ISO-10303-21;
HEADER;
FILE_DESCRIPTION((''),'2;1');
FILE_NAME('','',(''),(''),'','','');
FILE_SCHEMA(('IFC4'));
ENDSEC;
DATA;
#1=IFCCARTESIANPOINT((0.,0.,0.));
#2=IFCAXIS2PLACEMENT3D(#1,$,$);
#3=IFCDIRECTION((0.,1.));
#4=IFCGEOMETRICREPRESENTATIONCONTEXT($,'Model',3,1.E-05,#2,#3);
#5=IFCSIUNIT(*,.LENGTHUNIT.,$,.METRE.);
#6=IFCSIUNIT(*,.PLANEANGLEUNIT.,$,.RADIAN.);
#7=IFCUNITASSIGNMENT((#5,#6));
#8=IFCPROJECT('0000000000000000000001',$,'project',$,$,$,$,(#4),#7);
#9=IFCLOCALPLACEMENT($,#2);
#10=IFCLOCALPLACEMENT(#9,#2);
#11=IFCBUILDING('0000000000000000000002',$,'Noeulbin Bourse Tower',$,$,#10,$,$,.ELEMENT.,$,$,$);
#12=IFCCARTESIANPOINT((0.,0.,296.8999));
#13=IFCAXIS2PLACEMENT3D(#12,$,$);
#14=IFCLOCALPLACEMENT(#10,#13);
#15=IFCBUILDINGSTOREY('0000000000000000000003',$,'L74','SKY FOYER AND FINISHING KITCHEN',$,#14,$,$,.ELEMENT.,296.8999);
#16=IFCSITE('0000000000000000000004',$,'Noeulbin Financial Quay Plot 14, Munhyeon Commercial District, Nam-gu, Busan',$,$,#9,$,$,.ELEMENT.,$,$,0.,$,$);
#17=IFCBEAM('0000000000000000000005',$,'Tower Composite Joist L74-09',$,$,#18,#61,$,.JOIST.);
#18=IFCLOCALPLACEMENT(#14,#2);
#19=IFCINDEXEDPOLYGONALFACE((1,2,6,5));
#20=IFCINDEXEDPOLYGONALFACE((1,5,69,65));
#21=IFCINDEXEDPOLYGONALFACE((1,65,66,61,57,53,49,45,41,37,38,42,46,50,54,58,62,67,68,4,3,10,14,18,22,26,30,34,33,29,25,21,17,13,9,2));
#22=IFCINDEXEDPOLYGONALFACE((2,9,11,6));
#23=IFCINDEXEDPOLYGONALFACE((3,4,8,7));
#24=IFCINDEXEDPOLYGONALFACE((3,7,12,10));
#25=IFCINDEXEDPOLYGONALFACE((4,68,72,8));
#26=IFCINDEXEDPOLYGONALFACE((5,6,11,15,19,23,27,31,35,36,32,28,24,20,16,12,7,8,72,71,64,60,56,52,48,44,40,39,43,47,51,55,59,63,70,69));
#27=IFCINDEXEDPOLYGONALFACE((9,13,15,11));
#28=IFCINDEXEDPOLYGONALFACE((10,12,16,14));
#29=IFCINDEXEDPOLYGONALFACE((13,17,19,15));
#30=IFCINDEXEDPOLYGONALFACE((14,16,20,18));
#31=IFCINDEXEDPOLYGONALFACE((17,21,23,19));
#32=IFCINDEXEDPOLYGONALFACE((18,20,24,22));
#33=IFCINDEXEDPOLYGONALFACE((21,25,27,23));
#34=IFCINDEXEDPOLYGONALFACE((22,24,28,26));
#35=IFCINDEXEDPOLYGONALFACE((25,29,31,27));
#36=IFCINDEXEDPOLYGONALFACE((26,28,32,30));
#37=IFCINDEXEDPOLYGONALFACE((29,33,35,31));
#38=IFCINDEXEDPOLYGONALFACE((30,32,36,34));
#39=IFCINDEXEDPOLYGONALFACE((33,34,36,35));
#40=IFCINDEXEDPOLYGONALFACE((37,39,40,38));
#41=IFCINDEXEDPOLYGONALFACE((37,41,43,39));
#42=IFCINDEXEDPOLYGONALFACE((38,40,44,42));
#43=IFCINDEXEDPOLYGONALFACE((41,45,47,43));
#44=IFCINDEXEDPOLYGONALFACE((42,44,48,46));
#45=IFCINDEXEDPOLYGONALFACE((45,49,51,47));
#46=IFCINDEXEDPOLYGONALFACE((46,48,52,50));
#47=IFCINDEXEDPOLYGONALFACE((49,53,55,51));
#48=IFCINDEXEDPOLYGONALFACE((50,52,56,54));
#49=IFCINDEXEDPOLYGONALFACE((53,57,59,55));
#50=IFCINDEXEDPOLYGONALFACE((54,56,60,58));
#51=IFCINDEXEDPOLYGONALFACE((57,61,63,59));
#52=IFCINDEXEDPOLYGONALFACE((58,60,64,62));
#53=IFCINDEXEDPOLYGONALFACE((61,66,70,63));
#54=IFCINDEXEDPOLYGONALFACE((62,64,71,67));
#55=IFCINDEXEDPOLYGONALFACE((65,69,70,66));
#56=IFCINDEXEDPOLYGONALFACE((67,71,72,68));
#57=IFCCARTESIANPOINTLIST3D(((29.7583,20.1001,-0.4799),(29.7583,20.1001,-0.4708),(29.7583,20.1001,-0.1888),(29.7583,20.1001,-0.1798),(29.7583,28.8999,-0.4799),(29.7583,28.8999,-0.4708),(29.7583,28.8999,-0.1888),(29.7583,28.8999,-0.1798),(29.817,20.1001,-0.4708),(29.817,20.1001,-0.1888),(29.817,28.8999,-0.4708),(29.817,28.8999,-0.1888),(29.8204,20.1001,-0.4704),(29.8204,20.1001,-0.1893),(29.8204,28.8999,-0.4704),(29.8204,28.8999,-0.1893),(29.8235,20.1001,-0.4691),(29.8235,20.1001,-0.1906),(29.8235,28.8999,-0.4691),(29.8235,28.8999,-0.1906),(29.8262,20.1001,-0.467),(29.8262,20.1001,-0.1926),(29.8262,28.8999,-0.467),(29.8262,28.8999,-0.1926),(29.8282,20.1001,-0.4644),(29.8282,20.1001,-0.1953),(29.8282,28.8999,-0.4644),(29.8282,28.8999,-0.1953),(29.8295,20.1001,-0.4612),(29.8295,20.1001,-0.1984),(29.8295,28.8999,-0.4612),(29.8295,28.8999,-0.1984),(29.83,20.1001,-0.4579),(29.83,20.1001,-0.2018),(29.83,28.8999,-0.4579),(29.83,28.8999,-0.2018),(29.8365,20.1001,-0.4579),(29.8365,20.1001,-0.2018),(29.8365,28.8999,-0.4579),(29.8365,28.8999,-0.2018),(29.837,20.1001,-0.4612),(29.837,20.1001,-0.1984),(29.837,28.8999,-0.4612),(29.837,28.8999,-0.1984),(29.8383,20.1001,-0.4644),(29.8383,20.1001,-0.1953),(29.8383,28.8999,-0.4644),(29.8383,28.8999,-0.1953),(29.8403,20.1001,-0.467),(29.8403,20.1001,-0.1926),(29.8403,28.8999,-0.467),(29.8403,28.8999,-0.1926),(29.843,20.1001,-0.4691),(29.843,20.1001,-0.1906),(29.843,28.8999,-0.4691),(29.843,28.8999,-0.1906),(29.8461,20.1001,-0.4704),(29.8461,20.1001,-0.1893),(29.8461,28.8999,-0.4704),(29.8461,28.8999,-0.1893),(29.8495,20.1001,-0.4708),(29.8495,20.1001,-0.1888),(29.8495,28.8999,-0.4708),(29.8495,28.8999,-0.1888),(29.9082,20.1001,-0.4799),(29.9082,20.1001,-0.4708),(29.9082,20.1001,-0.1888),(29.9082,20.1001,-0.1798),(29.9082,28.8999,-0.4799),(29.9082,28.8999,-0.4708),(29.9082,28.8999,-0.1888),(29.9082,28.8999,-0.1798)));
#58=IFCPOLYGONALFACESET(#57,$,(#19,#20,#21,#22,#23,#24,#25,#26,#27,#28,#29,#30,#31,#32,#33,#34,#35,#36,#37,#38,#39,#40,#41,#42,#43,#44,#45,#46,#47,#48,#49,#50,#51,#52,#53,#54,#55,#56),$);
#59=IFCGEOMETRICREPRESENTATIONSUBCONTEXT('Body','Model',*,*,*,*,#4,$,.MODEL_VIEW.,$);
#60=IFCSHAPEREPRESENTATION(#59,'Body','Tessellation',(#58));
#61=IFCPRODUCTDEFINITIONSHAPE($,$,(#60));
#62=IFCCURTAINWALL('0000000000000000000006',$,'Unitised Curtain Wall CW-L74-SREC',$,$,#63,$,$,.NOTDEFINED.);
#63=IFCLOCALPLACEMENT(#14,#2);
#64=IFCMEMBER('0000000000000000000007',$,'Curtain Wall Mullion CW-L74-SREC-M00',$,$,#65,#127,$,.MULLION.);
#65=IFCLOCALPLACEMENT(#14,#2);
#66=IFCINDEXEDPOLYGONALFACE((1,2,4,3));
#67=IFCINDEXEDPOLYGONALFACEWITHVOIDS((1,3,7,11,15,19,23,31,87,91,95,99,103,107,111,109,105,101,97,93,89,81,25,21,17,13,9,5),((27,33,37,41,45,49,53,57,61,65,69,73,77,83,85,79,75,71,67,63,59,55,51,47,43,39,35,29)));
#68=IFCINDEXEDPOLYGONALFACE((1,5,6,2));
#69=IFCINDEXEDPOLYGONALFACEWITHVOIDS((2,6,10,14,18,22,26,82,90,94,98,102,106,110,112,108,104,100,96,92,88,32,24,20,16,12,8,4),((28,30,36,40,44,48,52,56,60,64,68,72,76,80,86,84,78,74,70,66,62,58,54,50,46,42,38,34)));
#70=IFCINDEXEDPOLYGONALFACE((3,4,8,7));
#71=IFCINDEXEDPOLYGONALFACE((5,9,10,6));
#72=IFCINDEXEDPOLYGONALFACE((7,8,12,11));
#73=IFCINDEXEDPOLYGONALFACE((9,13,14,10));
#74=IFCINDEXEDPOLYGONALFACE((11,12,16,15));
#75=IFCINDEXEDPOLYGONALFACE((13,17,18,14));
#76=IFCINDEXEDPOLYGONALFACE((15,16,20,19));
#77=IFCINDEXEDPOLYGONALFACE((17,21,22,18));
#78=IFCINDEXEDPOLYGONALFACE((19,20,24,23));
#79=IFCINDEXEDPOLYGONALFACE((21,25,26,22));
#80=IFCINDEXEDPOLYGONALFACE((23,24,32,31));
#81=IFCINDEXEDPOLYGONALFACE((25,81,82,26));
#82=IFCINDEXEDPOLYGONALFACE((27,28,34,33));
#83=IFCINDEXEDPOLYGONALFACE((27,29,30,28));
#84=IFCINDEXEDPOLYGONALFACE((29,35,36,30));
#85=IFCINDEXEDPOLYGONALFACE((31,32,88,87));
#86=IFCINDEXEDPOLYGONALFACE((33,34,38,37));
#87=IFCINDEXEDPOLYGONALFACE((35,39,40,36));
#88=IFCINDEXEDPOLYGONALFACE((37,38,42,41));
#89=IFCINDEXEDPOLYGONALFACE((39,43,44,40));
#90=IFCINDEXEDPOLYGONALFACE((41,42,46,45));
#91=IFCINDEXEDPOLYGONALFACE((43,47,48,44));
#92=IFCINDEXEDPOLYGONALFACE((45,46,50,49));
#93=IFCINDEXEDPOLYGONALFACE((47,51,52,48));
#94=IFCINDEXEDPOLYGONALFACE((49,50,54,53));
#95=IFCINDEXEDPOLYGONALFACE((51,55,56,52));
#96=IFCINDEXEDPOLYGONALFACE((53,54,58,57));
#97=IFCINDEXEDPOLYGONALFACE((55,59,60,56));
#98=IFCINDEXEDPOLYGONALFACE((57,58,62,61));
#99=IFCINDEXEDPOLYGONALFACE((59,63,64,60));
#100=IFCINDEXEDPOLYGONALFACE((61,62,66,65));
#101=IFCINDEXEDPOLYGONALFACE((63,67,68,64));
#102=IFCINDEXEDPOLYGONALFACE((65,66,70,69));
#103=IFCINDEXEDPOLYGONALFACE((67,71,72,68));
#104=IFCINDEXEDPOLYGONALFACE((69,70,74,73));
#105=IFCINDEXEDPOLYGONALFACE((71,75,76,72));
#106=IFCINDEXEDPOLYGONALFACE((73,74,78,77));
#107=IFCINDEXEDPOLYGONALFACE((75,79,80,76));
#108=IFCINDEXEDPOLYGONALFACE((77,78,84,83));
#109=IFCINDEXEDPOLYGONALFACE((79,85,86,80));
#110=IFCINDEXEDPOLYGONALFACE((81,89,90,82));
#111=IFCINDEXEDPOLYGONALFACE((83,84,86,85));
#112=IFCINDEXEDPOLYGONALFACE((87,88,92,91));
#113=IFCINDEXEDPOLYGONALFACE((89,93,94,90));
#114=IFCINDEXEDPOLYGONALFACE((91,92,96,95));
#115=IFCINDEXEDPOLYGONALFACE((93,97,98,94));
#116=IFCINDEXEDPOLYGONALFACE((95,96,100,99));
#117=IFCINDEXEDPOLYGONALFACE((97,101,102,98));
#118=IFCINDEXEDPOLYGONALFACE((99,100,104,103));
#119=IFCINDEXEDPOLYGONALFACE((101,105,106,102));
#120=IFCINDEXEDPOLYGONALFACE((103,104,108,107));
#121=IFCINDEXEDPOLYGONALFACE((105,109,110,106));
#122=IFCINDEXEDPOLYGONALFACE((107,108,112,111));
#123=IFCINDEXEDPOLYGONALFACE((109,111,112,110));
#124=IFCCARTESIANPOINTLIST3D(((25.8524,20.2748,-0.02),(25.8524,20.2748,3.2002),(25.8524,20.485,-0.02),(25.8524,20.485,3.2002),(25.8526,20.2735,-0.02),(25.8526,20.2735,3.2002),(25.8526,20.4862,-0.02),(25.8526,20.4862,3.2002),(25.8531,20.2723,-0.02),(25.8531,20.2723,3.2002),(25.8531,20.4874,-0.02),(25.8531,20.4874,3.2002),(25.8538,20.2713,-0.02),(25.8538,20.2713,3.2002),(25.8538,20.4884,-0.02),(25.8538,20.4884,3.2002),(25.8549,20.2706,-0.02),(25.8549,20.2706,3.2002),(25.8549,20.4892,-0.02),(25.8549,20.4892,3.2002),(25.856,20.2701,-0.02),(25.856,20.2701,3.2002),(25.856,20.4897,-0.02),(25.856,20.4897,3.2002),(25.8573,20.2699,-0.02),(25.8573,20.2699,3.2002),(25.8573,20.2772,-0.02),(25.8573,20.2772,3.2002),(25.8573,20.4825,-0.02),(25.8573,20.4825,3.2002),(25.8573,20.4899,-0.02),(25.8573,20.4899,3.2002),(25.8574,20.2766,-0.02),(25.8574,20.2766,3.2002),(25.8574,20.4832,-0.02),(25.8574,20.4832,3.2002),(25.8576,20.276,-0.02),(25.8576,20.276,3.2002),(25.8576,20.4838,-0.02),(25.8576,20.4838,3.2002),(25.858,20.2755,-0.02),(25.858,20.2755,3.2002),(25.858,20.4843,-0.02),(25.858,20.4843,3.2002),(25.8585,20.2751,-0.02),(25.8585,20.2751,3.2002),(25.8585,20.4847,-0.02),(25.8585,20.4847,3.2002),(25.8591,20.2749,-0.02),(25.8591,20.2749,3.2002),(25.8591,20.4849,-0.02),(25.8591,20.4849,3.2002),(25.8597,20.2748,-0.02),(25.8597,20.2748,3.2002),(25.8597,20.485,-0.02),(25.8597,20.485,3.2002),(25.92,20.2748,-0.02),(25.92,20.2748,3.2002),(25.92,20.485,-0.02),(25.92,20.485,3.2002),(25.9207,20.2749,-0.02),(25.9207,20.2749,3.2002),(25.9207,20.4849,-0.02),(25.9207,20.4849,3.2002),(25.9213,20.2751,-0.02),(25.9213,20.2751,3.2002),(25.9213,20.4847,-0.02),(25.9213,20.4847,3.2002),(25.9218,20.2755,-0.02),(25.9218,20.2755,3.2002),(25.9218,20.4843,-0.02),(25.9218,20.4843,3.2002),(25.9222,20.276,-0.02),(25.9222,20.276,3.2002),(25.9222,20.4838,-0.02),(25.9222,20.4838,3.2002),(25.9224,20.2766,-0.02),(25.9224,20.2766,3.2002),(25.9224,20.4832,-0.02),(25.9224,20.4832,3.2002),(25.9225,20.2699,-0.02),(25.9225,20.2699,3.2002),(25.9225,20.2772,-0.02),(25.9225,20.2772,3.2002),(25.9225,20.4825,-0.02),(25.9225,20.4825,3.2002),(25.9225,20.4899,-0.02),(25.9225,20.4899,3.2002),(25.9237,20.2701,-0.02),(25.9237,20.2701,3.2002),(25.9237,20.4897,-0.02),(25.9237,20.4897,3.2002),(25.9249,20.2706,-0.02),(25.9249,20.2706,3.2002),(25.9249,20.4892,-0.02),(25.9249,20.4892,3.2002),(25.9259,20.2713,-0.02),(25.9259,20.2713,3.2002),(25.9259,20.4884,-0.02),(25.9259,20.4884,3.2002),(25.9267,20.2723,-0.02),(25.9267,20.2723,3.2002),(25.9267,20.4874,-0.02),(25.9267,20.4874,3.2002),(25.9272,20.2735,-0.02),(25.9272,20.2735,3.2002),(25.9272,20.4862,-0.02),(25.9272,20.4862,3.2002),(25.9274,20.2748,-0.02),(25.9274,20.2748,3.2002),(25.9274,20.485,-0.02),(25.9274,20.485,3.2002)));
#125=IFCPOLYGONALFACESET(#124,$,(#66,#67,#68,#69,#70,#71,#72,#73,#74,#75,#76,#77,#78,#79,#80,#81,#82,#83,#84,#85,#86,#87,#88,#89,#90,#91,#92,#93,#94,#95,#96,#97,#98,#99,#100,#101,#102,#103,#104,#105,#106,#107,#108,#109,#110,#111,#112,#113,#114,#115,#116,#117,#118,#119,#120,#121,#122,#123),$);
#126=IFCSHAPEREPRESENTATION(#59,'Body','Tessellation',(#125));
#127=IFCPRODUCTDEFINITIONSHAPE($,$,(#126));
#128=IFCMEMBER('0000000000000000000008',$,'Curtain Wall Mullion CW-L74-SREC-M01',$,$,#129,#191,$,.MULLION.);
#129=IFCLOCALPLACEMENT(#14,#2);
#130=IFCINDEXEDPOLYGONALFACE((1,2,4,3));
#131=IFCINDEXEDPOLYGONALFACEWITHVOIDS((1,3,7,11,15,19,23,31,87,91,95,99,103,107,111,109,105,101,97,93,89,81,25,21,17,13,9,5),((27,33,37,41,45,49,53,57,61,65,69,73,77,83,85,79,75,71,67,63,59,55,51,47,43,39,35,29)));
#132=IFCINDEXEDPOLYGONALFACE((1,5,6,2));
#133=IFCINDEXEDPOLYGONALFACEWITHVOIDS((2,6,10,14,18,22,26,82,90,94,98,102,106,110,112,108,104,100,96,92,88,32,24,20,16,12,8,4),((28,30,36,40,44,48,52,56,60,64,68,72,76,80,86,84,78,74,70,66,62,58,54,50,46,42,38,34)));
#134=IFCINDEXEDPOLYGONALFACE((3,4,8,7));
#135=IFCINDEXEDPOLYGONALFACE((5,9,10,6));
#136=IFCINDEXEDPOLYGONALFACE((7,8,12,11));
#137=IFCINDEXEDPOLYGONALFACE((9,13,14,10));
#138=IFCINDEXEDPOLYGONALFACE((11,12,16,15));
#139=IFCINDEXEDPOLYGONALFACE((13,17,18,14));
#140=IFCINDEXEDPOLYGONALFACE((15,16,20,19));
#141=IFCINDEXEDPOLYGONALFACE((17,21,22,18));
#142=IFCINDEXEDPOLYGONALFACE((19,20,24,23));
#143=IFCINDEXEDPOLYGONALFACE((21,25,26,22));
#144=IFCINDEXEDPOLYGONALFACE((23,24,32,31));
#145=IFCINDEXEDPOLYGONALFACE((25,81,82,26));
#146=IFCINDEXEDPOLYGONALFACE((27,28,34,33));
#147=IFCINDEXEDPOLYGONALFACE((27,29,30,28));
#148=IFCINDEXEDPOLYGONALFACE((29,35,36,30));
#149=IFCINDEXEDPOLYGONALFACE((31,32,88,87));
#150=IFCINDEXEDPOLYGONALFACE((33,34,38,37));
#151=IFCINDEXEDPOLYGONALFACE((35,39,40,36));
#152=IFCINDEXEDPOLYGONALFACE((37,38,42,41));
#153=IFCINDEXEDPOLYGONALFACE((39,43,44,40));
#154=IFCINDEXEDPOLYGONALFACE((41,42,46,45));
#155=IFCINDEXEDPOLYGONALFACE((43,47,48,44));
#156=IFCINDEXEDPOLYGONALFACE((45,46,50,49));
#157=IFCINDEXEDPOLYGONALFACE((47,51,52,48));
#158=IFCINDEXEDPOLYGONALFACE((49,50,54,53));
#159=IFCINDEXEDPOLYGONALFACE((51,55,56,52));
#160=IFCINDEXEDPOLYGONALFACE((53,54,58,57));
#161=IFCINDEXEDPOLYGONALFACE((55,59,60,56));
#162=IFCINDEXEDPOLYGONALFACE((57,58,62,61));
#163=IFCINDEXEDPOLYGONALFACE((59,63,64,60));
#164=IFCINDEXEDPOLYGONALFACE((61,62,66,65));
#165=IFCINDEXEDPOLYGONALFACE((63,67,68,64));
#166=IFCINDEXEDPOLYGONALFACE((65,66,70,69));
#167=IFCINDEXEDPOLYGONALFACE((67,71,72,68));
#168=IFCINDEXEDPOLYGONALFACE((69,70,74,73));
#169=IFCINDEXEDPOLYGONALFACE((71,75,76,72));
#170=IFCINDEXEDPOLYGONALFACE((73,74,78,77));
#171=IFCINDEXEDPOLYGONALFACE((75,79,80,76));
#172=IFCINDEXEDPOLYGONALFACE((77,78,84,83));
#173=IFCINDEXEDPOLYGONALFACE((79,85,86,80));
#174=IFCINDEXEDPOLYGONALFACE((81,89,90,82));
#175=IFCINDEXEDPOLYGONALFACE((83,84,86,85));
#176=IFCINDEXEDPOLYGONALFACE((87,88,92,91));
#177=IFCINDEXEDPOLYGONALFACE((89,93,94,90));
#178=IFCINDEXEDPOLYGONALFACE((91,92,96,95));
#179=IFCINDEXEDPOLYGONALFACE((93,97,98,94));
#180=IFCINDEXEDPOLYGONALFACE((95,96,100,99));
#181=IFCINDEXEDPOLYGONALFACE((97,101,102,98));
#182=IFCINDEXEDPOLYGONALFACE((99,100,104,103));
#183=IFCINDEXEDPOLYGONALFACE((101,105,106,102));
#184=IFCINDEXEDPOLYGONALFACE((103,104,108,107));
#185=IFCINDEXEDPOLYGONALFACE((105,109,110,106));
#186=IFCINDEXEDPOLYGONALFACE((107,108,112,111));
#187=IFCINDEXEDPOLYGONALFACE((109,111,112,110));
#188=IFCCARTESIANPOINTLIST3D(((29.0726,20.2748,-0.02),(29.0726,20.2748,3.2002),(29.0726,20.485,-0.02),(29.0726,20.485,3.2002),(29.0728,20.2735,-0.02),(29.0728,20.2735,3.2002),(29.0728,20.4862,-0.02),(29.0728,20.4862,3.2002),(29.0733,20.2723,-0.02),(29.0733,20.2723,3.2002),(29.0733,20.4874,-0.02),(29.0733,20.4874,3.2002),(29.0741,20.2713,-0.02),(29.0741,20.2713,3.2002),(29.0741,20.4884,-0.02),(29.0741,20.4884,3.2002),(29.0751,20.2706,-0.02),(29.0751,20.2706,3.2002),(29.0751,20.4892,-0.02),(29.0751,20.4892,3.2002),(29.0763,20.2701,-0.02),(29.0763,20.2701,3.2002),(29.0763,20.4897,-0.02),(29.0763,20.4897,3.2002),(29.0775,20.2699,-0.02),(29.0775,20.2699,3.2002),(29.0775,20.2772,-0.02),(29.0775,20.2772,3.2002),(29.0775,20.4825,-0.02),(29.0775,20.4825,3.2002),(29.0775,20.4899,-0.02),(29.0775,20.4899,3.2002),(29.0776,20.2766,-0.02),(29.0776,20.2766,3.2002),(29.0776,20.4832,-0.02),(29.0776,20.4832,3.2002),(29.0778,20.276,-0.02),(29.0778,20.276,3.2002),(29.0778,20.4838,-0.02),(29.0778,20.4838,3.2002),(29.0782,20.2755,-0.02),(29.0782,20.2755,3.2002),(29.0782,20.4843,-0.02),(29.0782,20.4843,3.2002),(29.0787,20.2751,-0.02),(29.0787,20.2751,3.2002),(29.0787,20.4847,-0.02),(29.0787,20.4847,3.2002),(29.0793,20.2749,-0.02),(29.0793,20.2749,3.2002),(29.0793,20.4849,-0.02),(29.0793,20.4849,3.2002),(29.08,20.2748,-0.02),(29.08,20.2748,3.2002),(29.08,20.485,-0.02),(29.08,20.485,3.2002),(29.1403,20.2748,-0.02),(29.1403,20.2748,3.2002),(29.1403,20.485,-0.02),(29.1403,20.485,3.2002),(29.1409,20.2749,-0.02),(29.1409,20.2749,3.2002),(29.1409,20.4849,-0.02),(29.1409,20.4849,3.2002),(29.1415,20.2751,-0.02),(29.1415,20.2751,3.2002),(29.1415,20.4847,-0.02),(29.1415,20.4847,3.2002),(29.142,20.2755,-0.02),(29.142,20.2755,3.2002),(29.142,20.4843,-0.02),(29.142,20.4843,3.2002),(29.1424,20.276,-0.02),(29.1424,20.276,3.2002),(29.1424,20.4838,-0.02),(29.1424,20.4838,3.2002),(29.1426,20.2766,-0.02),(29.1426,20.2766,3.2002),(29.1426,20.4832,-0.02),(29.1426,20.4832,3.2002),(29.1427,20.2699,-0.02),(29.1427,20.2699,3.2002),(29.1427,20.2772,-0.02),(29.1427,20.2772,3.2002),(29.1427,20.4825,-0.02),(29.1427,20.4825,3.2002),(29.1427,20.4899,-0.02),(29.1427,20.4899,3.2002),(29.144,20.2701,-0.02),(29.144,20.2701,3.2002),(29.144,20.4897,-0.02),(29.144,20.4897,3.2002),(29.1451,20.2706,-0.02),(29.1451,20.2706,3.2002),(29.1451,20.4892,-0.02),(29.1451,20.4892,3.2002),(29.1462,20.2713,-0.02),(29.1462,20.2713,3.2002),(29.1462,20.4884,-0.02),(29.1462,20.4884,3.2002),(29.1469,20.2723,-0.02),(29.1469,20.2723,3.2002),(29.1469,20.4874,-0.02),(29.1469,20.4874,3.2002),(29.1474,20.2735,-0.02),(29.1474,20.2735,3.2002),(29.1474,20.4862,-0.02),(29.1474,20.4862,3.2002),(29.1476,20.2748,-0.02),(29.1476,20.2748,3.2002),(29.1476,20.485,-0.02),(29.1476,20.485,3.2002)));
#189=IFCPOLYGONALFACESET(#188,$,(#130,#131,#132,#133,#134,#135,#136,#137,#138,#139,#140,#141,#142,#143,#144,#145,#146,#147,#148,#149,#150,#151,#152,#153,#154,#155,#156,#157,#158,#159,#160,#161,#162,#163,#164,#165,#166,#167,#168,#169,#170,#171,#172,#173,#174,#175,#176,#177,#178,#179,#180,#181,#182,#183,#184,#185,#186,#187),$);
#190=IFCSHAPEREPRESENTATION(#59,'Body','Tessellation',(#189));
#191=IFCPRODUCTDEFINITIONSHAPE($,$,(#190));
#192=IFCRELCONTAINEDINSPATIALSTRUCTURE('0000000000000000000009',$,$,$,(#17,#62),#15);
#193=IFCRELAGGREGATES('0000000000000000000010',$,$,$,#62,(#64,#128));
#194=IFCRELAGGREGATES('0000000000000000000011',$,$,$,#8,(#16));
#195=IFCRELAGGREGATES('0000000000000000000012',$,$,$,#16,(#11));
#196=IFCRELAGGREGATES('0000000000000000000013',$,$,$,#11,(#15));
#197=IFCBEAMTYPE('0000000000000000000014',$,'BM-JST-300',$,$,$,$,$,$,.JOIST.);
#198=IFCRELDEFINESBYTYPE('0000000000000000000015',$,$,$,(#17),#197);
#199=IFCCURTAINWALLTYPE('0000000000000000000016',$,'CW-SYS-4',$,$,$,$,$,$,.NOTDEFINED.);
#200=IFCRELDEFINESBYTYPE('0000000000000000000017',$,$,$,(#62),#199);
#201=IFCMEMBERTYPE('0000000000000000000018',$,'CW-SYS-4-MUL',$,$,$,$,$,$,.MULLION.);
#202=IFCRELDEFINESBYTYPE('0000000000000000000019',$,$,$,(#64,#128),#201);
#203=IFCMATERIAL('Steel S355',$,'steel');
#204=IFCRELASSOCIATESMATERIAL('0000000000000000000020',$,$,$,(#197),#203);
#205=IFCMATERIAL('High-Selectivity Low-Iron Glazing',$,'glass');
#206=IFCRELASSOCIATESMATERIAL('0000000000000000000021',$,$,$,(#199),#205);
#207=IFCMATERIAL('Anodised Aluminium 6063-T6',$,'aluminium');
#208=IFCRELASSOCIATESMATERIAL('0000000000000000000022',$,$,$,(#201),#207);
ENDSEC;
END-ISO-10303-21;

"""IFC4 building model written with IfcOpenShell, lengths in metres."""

from ifc_helpers import new_model, si_unit, direction, frame, origin, origin_2d, place, context, subcontext, project, spatial, hollow_rectangle, i_section, extrude, material, material_profile, profile_set, type_object, element, aggregate, save


model = new_model("IFC4")

# Units and contexts
model_context = context("Model", 3, precision=1e-05, world=origin(), true_north=direction((0.0, 1.0)))
body_context = subcontext(model_context, "Body", "Model", "MODEL_VIEW")
ifc_project = project(units=[si_unit("LENGTHUNIT", "METRE"), si_unit("PLANEANGLEUNIT", "RADIAN")], contexts=[model_context])

# Site, building, storey
site_placement = place(None, origin())
site = spatial("IfcSite", under=ifc_project, at=site_placement, Name="Noeulbin Financial Quay Plot 14, Munhyeon Commercial District, Nam-gu, Busan", CompositionType="ELEMENT", RefElevation=0.0)
building_placement = place(site_placement, origin())
building = spatial("IfcBuilding", under=site, at=building_placement, Name="Noeulbin Bourse Tower", CompositionType="ELEMENT")
storey_placement = place(building_placement, frame((0.0, 0.0, 296.8999)))
storey = spatial("IfcBuildingStorey", under=building, at=storey_placement, Name="L74", Description="SKY FOYER AND FINISHING KITCHEN", CompositionType="ELEMENT", Elevation=296.8999)

# Shared definitions
ifc_material_1 = material(Name="Steel S355", Category="steel")

# Beam
ifc_material_profile_1 = material_profile(ifc_material_1, i_section(OverallWidth=0.1499, OverallDepth=0.3, WebThickness=0.0066, FlangeThickness=0.009, FilletRadius=0.0129, at=origin_2d()), Name="H-300x150x6.5x9", Category="LoadBearing")
ifc_profile_set_1 = profile_set([ifc_material_profile_1], Name="Steel S355")
beam_type_1 = type_object("IfcBeamType", Name="BM-JST-300", PredefinedType="JOIST", material=ifc_profile_set_1)
for number, where, z_axis, x_axis, name in (
    (1, (29.8333, 20.1001, -0.3298), (0.0, 1.0, 0.0), (-1.0, 0.0, 0.0), "Tower Composite Joist L74-09"),
):
    element("IfcBeam", number, at=place(storey_placement, frame(where, z_axis=z_axis, x_axis=x_axis)), inside=storey, type_object=beam_type_1, Name=name, PredefinedType="JOIST", context=body_context, shape_type="SweptSolid", body=[
        extrude(i_section(OverallWidth=0.1499, OverallDepth=0.3, WebThickness=0.0066, FlangeThickness=0.009, FilletRadius=0.0129, at=origin_2d()), origin(), (0.0, 0.0, 1.0), 8.7998),
    ])

# Curtain wall, members
ifc_material_2 = material(Name="High-Selectivity Low-Iron Glazing", Category="glass")
curtain_wall_type = type_object("IfcCurtainWallType", Name="CW-SYS-4", PredefinedType="NOTDEFINED", material=ifc_material_2)
curtain_wall_1_placement = place(storey_placement, origin())
curtain_wall_1 = element("IfcCurtainWall", 2, at=curtain_wall_1_placement, inside=storey, type_object=curtain_wall_type, Name="Unitised Curtain Wall CW-L74-SREC", PredefinedType="NOTDEFINED")
ifc_material_3 = material(Name="Anodised Aluminium 6063-T6", Category="aluminium")
ifc_material_profile_2 = material_profile(ifc_material_3, hollow_rectangle(XDim=0.075, YDim=0.22, WallThickness=0.0049, InnerFilletRadius=0.0024, OuterFilletRadius=0.0049, at=origin_2d()), Name="ALU-MULL-75x220x5", Category="LoadBearing")
ifc_profile_set_2 = profile_set([ifc_material_profile_2], Name="Anodised Aluminium 6063-T6")
member_type_1 = type_object("IfcMemberType", Name="CW-SYS-4-MUL", PredefinedType="MULLION", material=ifc_profile_set_2)
member_1_placement = place(storey_placement, frame((25.8899, 20.3799, -0.02), z_axis=(0.0, 0.0, 1.0), x_axis=(1.0, 0.0, 0.0)))
member_1 = element("IfcMember", 3, at=member_1_placement, type_object=member_type_1, Name="Curtain Wall Mullion CW-L74-SREC-M00", PredefinedType="MULLION", context=body_context, shape_type="SweptSolid", body=[
    extrude(hollow_rectangle(XDim=0.075, YDim=0.22, WallThickness=0.0049, InnerFilletRadius=0.0024, OuterFilletRadius=0.0049, at=origin_2d()), origin(), (0.0, 0.0, 1.0), 3.2202),
])
member_2_placement = place(storey_placement, frame((29.1101, 20.3799, -0.02), z_axis=(0.0, 0.0, 1.0), x_axis=(1.0, 0.0, 0.0)))
member_2 = element("IfcMember", 4, at=member_2_placement, type_object=member_type_1, Name="Curtain Wall Mullion CW-L74-SREC-M01", PredefinedType="MULLION", context=body_context, shape_type="SweptSolid", body=[
    extrude(hollow_rectangle(XDim=0.075, YDim=0.22, WallThickness=0.0049, InnerFilletRadius=0.0024, OuterFilletRadius=0.0049, at=origin_2d()), origin(), (0.0, 0.0, 1.0), 3.2202),
])

aggregate(curtain_wall_1, [member_1, member_2])

save(model, "model.ifc")
